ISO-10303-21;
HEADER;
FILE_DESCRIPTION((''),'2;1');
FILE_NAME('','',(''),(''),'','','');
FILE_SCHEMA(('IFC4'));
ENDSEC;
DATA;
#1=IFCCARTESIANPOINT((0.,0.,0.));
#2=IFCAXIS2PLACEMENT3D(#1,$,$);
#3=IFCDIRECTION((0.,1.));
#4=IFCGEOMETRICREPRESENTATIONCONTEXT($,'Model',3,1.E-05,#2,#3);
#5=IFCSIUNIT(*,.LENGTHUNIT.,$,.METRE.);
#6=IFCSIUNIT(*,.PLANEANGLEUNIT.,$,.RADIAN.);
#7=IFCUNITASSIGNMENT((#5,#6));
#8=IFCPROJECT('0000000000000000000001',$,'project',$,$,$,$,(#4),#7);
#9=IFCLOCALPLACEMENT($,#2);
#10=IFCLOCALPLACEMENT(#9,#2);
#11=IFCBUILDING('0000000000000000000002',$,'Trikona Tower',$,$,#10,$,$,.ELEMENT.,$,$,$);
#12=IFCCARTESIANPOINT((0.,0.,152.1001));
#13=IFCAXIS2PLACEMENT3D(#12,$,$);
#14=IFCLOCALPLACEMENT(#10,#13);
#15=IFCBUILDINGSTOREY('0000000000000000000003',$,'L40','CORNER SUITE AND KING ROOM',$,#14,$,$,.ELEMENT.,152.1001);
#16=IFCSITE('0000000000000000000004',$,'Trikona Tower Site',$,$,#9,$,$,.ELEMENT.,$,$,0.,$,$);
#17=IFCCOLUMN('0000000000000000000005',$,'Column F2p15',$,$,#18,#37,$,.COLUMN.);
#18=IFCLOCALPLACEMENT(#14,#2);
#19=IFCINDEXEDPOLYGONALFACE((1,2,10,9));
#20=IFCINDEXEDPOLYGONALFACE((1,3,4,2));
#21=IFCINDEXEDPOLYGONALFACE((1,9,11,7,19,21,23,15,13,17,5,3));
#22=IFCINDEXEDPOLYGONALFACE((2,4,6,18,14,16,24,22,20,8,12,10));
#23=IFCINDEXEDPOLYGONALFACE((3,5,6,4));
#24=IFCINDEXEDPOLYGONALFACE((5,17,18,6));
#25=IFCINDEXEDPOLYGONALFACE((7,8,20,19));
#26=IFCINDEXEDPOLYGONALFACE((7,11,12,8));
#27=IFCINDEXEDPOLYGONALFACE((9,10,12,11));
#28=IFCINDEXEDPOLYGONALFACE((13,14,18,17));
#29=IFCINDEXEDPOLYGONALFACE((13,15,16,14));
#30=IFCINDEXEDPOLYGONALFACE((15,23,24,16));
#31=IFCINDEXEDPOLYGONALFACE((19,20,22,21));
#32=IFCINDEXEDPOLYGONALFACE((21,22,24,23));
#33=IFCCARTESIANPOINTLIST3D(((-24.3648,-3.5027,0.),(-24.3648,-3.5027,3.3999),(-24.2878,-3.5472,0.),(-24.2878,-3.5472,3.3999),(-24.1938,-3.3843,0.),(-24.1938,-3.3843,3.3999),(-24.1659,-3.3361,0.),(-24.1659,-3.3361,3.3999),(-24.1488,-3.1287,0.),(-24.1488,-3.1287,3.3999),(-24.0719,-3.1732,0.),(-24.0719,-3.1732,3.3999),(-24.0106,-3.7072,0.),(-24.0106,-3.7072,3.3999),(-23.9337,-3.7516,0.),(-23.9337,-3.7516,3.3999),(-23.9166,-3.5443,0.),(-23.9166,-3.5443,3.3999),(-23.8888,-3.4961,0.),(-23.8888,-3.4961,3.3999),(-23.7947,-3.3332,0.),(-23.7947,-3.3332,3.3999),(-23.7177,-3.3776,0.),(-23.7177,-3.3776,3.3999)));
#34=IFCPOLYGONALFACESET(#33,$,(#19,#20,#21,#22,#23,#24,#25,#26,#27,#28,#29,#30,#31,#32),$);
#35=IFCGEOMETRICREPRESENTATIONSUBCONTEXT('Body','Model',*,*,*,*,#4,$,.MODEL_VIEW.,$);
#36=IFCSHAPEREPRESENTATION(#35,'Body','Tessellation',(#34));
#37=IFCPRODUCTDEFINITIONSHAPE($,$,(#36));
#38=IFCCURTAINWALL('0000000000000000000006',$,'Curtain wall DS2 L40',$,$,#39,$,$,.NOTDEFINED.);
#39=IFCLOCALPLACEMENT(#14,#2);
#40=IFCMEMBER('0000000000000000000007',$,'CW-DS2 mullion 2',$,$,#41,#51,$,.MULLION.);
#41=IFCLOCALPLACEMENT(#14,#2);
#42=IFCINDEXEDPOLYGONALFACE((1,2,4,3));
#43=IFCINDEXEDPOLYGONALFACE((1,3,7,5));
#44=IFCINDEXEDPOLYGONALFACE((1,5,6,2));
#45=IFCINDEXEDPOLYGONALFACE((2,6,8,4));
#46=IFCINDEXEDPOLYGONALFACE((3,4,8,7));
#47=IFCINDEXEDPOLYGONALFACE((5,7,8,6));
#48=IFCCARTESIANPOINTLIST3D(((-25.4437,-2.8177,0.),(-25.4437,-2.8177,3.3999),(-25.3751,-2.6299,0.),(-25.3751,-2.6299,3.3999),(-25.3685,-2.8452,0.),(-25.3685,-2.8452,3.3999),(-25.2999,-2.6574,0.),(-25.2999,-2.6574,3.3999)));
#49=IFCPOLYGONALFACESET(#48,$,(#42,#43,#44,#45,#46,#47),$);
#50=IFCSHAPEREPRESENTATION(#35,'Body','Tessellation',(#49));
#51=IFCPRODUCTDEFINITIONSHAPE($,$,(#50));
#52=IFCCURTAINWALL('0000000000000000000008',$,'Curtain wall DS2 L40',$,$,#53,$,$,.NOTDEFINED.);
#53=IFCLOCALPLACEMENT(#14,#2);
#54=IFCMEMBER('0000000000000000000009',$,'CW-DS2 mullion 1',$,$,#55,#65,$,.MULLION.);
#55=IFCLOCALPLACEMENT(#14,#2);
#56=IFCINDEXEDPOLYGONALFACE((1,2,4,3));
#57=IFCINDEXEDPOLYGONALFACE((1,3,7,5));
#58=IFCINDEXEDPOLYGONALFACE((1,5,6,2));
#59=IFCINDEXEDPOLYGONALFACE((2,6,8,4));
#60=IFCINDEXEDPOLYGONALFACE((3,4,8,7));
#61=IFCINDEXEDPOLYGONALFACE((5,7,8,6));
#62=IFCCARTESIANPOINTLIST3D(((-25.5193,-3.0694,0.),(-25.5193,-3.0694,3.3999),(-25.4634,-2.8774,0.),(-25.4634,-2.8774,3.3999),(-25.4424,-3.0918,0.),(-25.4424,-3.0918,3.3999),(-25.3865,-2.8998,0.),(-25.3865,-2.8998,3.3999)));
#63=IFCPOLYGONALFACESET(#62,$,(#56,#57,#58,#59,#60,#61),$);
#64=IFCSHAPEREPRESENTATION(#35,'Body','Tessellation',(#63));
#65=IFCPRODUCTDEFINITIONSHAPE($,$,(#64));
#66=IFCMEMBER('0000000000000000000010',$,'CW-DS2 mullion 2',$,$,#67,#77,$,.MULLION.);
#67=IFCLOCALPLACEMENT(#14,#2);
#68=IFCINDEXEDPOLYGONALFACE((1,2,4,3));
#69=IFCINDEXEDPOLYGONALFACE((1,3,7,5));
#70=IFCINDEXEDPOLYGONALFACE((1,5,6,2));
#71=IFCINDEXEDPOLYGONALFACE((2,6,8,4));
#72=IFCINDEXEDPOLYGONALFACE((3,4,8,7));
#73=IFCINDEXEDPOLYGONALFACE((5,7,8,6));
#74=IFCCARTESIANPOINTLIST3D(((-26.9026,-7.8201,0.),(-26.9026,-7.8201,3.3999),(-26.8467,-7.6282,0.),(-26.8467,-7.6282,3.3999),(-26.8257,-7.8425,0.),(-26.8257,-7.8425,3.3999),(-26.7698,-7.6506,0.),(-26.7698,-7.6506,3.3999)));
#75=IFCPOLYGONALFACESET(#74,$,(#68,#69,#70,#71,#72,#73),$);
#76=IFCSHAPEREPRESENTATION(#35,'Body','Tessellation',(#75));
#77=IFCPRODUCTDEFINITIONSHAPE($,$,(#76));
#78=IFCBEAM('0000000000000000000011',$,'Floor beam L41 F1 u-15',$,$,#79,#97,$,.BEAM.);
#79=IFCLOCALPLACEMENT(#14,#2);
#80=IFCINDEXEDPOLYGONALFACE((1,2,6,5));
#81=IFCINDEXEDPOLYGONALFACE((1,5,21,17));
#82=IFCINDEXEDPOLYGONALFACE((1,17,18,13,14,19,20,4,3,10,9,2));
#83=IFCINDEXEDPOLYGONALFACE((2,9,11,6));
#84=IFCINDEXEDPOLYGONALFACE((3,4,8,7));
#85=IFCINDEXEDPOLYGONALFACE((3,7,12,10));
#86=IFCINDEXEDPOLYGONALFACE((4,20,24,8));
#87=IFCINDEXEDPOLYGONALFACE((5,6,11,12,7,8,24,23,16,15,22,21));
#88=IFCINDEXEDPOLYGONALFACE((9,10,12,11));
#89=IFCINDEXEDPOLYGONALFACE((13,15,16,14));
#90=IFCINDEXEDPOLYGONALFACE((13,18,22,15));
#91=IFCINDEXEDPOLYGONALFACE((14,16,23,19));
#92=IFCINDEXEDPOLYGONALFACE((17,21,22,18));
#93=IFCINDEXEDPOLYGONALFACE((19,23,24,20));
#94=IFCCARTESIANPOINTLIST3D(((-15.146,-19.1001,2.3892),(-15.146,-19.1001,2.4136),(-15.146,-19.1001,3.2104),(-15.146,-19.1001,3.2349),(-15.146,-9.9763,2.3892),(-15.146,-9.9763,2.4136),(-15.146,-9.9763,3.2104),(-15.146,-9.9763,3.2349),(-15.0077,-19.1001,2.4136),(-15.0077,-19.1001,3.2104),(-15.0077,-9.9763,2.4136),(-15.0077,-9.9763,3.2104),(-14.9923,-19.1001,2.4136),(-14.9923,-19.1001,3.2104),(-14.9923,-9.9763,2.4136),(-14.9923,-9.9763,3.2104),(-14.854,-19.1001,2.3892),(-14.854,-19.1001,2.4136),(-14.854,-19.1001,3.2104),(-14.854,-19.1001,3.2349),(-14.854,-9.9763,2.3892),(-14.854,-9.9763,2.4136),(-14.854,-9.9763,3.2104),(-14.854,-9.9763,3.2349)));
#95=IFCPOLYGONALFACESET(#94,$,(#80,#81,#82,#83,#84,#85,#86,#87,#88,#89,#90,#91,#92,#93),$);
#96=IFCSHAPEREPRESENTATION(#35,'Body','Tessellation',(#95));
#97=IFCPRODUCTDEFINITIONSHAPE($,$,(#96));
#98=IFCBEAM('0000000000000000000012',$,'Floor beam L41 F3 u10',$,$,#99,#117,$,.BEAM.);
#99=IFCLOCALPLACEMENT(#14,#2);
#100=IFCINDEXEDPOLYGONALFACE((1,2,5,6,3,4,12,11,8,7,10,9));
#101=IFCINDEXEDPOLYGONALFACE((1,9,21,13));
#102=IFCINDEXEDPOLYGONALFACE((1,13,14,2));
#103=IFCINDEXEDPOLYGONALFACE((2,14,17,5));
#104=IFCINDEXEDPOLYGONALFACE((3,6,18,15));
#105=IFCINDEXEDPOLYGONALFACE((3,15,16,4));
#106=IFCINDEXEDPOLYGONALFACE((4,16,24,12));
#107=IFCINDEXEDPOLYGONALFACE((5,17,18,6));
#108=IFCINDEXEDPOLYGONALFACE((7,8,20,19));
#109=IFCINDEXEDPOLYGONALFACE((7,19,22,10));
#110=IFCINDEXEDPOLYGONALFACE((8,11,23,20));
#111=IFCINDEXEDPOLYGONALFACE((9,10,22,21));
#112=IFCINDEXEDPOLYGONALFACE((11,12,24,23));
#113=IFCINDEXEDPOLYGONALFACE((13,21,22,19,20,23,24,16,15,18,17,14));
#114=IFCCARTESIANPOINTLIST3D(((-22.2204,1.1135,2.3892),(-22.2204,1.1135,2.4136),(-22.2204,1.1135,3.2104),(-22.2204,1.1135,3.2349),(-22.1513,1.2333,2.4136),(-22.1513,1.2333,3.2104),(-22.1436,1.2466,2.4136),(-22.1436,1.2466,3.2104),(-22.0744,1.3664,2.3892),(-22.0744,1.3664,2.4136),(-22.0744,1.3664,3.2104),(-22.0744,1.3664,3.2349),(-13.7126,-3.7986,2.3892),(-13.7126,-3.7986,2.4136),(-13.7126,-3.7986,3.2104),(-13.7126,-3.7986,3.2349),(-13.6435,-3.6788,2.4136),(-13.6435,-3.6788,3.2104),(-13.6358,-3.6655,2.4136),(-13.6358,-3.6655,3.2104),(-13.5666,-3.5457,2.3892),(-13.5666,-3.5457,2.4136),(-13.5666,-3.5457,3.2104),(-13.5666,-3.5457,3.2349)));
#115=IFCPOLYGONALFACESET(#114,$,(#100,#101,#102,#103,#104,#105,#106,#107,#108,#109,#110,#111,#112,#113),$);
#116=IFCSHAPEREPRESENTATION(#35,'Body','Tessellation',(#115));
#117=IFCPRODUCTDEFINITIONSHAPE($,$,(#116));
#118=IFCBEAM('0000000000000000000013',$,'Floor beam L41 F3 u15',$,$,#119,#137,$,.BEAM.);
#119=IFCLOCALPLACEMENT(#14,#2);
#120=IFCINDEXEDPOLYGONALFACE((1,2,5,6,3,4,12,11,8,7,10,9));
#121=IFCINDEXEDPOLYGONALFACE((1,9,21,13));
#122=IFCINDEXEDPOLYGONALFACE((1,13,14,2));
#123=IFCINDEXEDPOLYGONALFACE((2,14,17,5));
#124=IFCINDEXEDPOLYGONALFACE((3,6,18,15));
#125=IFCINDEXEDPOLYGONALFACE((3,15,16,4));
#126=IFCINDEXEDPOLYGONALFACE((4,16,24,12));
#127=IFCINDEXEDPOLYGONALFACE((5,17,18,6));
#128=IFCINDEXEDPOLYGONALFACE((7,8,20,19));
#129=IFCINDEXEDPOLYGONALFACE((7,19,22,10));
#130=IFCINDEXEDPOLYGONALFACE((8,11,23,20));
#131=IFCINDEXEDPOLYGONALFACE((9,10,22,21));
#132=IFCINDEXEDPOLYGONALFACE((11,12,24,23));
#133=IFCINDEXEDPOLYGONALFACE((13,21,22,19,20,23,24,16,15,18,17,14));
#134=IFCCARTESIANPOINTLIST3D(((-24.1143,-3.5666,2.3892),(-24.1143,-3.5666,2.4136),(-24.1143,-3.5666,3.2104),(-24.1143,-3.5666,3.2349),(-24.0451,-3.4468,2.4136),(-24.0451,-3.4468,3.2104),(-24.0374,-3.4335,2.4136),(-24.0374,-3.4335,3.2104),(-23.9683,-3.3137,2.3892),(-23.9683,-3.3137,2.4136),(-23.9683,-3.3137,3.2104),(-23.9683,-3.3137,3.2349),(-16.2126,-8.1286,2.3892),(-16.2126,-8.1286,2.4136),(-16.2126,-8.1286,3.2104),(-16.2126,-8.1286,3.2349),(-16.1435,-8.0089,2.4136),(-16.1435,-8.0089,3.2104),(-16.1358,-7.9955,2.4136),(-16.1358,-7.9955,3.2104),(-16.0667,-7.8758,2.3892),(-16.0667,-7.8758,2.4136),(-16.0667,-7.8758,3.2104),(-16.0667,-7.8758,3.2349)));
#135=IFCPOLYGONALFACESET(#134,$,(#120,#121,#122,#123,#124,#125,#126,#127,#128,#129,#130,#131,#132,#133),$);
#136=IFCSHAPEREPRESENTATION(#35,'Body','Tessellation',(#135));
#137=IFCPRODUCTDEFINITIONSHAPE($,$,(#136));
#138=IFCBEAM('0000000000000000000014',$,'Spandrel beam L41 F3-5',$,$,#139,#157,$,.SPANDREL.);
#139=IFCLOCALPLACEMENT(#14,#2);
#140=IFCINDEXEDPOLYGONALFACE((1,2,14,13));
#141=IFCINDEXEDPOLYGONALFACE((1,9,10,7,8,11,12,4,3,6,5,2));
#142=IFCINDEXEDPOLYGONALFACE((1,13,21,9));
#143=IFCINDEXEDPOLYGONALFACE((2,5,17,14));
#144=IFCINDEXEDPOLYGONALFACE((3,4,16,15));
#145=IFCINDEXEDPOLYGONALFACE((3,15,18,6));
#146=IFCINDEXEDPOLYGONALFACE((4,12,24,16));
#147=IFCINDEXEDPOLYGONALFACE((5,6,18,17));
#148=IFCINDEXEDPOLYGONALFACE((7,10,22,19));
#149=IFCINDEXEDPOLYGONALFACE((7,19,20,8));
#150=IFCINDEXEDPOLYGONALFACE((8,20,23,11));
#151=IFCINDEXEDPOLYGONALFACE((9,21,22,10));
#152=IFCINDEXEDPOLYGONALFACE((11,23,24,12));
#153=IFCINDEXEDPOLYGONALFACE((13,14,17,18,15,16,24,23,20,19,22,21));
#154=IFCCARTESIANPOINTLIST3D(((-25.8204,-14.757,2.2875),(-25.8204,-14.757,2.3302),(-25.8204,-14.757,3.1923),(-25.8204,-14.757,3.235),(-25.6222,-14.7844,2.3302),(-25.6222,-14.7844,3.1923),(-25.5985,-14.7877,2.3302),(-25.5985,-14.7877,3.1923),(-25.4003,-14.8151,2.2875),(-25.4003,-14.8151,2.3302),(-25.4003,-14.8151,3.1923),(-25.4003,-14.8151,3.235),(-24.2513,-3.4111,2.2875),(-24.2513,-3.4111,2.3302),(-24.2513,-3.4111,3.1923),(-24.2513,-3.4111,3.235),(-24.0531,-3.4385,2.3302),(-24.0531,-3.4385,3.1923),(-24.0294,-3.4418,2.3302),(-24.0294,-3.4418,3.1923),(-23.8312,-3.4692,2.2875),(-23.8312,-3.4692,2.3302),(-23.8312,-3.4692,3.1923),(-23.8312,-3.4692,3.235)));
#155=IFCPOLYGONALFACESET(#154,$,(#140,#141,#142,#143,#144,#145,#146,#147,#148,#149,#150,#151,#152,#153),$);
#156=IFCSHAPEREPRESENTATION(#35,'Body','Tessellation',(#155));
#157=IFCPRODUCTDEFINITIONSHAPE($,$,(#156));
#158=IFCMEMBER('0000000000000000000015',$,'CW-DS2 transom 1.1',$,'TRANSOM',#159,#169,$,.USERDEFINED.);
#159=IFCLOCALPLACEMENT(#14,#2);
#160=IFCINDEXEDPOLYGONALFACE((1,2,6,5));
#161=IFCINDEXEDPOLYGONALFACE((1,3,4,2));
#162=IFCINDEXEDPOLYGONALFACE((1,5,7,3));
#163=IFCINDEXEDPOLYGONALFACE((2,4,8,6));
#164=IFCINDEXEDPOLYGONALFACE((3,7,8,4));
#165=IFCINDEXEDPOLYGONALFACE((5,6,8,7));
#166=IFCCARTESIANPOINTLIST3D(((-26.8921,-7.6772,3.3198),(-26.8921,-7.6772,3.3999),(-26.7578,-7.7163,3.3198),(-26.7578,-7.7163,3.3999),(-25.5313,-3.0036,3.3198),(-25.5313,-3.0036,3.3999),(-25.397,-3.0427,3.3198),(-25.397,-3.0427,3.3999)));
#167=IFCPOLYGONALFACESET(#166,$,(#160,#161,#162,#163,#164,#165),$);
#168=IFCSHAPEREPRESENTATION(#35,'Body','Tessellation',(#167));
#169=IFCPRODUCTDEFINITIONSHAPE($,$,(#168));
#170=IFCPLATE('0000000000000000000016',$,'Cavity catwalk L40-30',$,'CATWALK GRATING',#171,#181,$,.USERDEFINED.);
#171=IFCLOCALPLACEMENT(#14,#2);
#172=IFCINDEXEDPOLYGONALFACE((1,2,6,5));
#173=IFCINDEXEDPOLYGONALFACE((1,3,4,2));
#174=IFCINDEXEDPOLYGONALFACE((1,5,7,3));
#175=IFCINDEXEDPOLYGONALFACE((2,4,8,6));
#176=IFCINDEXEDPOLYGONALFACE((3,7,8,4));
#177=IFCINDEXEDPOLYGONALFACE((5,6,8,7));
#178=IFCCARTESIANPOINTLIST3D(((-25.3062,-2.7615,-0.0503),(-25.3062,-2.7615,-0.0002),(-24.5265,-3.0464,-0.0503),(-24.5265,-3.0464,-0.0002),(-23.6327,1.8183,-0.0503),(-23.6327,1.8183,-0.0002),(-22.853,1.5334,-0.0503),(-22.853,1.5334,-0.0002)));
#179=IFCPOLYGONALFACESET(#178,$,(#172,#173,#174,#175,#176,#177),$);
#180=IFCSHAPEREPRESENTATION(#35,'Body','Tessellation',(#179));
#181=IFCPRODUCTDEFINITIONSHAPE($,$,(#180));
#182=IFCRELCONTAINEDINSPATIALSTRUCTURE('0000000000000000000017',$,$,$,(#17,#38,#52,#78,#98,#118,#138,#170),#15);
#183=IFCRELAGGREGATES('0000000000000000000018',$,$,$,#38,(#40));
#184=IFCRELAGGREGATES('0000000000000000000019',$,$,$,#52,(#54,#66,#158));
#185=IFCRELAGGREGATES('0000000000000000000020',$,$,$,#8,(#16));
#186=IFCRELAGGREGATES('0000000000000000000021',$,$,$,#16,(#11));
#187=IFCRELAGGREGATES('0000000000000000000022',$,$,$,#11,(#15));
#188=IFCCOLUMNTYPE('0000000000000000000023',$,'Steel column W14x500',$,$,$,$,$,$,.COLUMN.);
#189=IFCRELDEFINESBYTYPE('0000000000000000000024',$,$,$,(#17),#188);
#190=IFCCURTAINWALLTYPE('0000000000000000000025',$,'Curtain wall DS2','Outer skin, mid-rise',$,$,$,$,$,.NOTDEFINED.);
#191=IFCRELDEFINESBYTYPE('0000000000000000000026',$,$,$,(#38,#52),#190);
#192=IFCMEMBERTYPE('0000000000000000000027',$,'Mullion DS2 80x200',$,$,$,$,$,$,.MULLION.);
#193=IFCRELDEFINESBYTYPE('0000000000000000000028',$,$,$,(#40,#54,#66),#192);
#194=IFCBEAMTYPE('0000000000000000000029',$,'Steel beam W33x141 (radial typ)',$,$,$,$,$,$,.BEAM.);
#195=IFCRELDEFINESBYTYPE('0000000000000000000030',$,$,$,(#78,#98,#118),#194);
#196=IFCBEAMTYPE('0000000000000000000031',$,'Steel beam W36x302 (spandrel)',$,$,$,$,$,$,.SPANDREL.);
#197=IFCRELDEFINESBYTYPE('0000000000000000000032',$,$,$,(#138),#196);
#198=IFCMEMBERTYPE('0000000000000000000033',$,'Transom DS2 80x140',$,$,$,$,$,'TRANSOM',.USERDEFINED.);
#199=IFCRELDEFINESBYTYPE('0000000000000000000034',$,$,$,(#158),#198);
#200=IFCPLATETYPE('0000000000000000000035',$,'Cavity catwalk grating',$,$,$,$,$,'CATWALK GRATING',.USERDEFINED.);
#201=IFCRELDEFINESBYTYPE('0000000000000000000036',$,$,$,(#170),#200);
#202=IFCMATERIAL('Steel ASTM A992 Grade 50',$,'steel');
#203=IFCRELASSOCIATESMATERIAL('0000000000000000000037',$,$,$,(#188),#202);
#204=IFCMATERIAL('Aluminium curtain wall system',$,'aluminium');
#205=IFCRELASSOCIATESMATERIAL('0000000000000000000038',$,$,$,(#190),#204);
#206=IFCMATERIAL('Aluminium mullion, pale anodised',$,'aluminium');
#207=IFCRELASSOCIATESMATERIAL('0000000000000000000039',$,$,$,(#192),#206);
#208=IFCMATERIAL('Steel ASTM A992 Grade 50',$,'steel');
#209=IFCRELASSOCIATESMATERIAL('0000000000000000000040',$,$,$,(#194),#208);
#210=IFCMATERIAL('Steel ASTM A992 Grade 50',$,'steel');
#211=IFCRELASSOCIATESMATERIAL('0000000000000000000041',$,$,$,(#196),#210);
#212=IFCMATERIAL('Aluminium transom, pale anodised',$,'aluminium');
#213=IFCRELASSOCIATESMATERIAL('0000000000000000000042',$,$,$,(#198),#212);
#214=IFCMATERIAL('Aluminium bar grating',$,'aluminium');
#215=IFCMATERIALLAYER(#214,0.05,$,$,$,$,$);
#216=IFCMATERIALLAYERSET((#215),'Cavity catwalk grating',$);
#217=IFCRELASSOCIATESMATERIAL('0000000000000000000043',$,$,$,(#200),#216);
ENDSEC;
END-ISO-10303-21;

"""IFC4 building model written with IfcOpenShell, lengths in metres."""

from ifc_helpers import new_model, si_unit, direction, frame, origin, origin_2d, place, context, subcontext, project, spatial, rectangle, i_section, extrude, material, layer, layer_set, material_profile, profile_set, type_object, element, aggregate, save


model = new_model("IFC4")

# Units and contexts
model_context = context("Model", 3, precision=1e-05, world=origin(), true_north=direction((0.0, 1.0)))
body_context = subcontext(model_context, "Body", "Model", "MODEL_VIEW")
ifc_project = project(units=[si_unit("LENGTHUNIT", "METRE"), si_unit("PLANEANGLEUNIT", "RADIAN")], contexts=[model_context])

# Site, building, storey
site_placement = place(None, origin())
site = spatial("IfcSite", under=ifc_project, at=site_placement, Name="Trikona Tower Site", CompositionType="ELEMENT", RefElevation=0.0)
building_placement = place(site_placement, origin())
building = spatial("IfcBuilding", under=site, at=building_placement, Name="Trikona Tower", CompositionType="ELEMENT")
storey_placement = place(building_placement, frame((0.0, 0.0, 152.1001)))
storey = spatial("IfcBuildingStorey", under=building, at=storey_placement, Name="L40", Description="CORNER SUITE AND KING ROOM", CompositionType="ELEMENT", Elevation=152.1001)

# Column
ifc_material_1 = material(Name="Steel ASTM A992 Grade 50", Category="steel")
ifc_material_profile_1 = material_profile(ifc_material_1, i_section(OverallWidth=0.4319, OverallDepth=0.4978, WebThickness=0.0557, FlangeThickness=0.0889, at=origin_2d()), Name="W14X500")
ifc_profile_set_1 = profile_set([ifc_material_profile_1], Name="Steel ASTM A992 Grade 50")
column_type = type_object("IfcColumnType", Name="Steel column W14x500", PredefinedType="COLUMN", material=ifc_profile_set_1)
column_placement = place(storey_placement, frame((-24.0413, -3.4402, 0.0), z_axis=(0.0, 0.0, 1.0), x_axis=(-0.5, -0.866025, 0.0)))
element("IfcColumn", 1, at=column_placement, inside=storey, type_object=column_type, Name="Column F2p15", PredefinedType="COLUMN", context=body_context, shape_type="SweptSolid", body=[
    extrude(i_section(OverallWidth=0.4319, OverallDepth=0.4978, WebThickness=0.0557, FlangeThickness=0.0889, at=origin_2d()), origin(), (0.0, 0.0, 1.0), 3.3999),
])

# Curtain wall, member
ifc_material_2 = material(Name="Aluminium curtain wall system", Category="aluminium")
curtain_wall_type = type_object("IfcCurtainWallType", Name="Curtain wall DS2", Description="Outer skin, mid-rise", PredefinedType="NOTDEFINED", material=ifc_material_2)
curtain_wall_1_placement = place(storey_placement, origin())
curtain_wall_1 = element("IfcCurtainWall", 2, at=curtain_wall_1_placement, inside=storey, type_object=curtain_wall_type, Name="Curtain wall DS2 L40", PredefinedType="NOTDEFINED")
ifc_material_3 = material(Name="Aluminium mullion, pale anodised", Category="aluminium")
ifc_material_profile_2 = material_profile(ifc_material_3, rectangle(XDim=0.0801, YDim=0.2, at=origin_2d()), Name="MUL-DS2")
ifc_profile_set_2 = profile_set([ifc_material_profile_2], Name="Aluminium mullion, pale anodised")
member_type_1 = type_object("IfcMemberType", Name="Mullion DS2 80x200", PredefinedType="MULLION", material=ifc_profile_set_2)
member_1_placement = place(storey_placement, frame((-25.3718, -2.7375, 0.0), z_axis=(0.0, 0.0, 1.0), x_axis=(0.939254, -0.343223, 0.0)))
member_1 = element("IfcMember", 3, at=member_1_placement, type_object=member_type_1, Name="CW-DS2 mullion 2", PredefinedType="MULLION", context=body_context, shape_type="SweptSolid", body=[
    extrude(rectangle(XDim=0.0801, YDim=0.2, at=origin_2d()), origin(), (0.0, 0.0, 1.0), 3.3999),
])

# Curtain wall, members
curtain_wall_2_placement = place(storey_placement, origin())
curtain_wall_2 = element("IfcCurtainWall", 4, at=curtain_wall_2_placement, inside=storey, type_object=curtain_wall_type, Name="Curtain wall DS2 L40", PredefinedType="NOTDEFINED")
member_2_placement = place(storey_placement, frame((-25.4529, -2.9846, 0.0), z_axis=(0.0, 0.0, 1.0), x_axis=(0.960133, -0.279543, 0.0)))
member_2 = element("IfcMember", 5, at=member_2_placement, type_object=member_type_1, Name="CW-DS2 mullion 1", PredefinedType="MULLION", context=body_context, shape_type="SweptSolid", body=[
    extrude(rectangle(XDim=0.0801, YDim=0.2, at=origin_2d()), origin(), (0.0, 0.0, 1.0), 3.3999),
])
member_3_placement = place(storey_placement, frame((-26.8362, -7.7354, 0.0), z_axis=(0.0, 0.0, 1.0), x_axis=(0.960133, -0.279543, 0.0)))
member_3 = element("IfcMember", 6, at=member_3_placement, type_object=member_type_1, Name="CW-DS2 mullion 2", PredefinedType="MULLION", context=body_context, shape_type="SweptSolid", body=[
    extrude(rectangle(XDim=0.0801, YDim=0.2, at=origin_2d()), origin(), (0.0, 0.0, 1.0), 3.3999),
])

# Beams
ifc_material_4 = material(Name="Steel ASTM A992 Grade 50", Category="steel")
ifc_material_profile_3 = material_profile(ifc_material_4, i_section(OverallWidth=0.292, OverallDepth=0.8457, WebThickness=0.0154, FlangeThickness=0.0244, at=origin_2d()), Name="W33X141")
ifc_profile_set_3 = profile_set([ifc_material_profile_3], Name="Steel ASTM A992 Grade 50")
beam_type_1 = type_object("IfcBeamType", Name="Steel beam W33x141 (radial typ)", PredefinedType="BEAM", material=ifc_profile_set_3)
beam_1_placement = place(storey_placement, frame((-15.0, -9.9763, 2.812), z_axis=(0.0, -1.0, 0.0), x_axis=(1.0, 0.0, 0.0)))
element("IfcBeam", 7, at=beam_1_placement, inside=storey, type_object=beam_type_1, Name="Floor beam L41 F1 u-15", PredefinedType="BEAM", context=body_context, shape_type="SweptSolid", body=[
    extrude(i_section(OverallWidth=0.292, OverallDepth=0.8457, WebThickness=0.0154, FlangeThickness=0.0244, at=origin_2d()), origin(), (0.0, 0.0, 1.0), 9.1238),
])
beam_2_placement = place(storey_placement, frame((-13.6396, -3.6721, 2.812), z_axis=(-0.86602, 0.500009, 0.0), x_axis=(-0.500009, -0.86602, 0.0)))
element("IfcBeam", 8, at=beam_2_placement, inside=storey, type_object=beam_type_1, Name="Floor beam L41 F3 u10", PredefinedType="BEAM", context=body_context, shape_type="SweptSolid", body=[
    extrude(i_section(OverallWidth=0.292, OverallDepth=0.8457, WebThickness=0.0154, FlangeThickness=0.0244, at=origin_2d()), origin(), (0.0, 0.0, 1.0), 9.824),
])
beam_3_placement = place(storey_placement, frame((-16.1396, -8.0022, 2.812), z_axis=(-0.866025, 0.500001, 0.0), x_axis=(-0.500001, -0.866025, 0.0)))
element("IfcBeam", 9, at=beam_3_placement, inside=storey, type_object=beam_type_1, Name="Floor beam L41 F3 u15", PredefinedType="BEAM", context=body_context, shape_type="SweptSolid", body=[
    extrude(i_section(OverallWidth=0.292, OverallDepth=0.8457, WebThickness=0.0154, FlangeThickness=0.0244, at=origin_2d()), origin(), (0.0, 0.0, 1.0), 9.124),
])
ifc_material_5 = material(Name="Steel ASTM A992 Grade 50", Category="steel")
ifc_material_profile_4 = material_profile(ifc_material_5, i_section(OverallWidth=0.4241, OverallDepth=0.9475, WebThickness=0.0239, FlangeThickness=0.0427, at=origin_2d()), Name="W36X302")
ifc_profile_set_4 = profile_set([ifc_material_profile_4], Name="Steel ASTM A992 Grade 50")
beam_type_2 = type_object("IfcBeamType", Name="Steel beam W36x302 (spandrel)", PredefinedType="SPANDREL", material=ifc_profile_set_4)
beam_4_placement = place(storey_placement, frame((-24.0413, -3.4402, 2.7612), z_axis=(-0.136992, -0.990572, 0.0), x_axis=(0.990572, -0.136992, 0.0)))
element("IfcBeam", 10, at=beam_4_placement, inside=storey, type_object=beam_type_2, Name="Spandrel beam L41 F3-5", PredefinedType="SPANDREL", context=body_context, shape_type="SweptSolid", body=[
    extrude(i_section(OverallWidth=0.4241, OverallDepth=0.9475, WebThickness=0.0239, FlangeThickness=0.0427, at=origin_2d()), origin(), (0.0, 0.0, 1.0), 11.4539),
])

# Member
ifc_material_6 = material(Name="Aluminium transom, pale anodised", Category="aluminium")
ifc_material_profile_5 = material_profile(ifc_material_6, rectangle(XDim=0.1399, YDim=0.0801, at=origin_2d()), Name="TRN-DS2")
ifc_profile_set_5 = profile_set([ifc_material_profile_5], Name="Aluminium transom, pale anodised")
member_type_2 = type_object("IfcMemberType", Name="Transom DS2 80x140", ElementType="TRANSOM", PredefinedType="USERDEFINED", material=ifc_profile_set_5)
member_4_placement = place(storey_placement, frame((-25.4641, -3.0232, 3.3599), z_axis=(-0.279567, -0.960126, 0.0), x_axis=(0.960126, -0.279567, 0.0)))
member_4 = element("IfcMember", 11, at=member_4_placement, type_object=member_type_2, Name="CW-DS2 transom 1.1", ObjectType="TRANSOM", PredefinedType="USERDEFINED", context=body_context, shape_type="SweptSolid", body=[
    extrude(rectangle(XDim=0.1399, YDim=0.0801, at=origin_2d()), origin(), (0.0, 0.0, 1.0), 4.8677),
])

# Plate
ifc_material_7 = material(Name="Aluminium bar grating", Category="aluminium")
ifc_layer_1 = layer(ifc_material_7, 0.05)
ifc_layer_set_1 = layer_set([ifc_layer_1], Name="Cavity catwalk grating")
plate_type_1 = type_object("IfcPlateType", Name="Cavity catwalk grating", ElementType="CATWALK GRATING", PredefinedType="USERDEFINED", material=ifc_layer_set_1)
plate_1_placement = place(storey_placement, frame((-24.0796, -0.614, -0.0503), z_axis=(0.0, 0.0, 1.0), x_axis=(-0.34322, -0.939255, 0.0)))
element("IfcPlate", 12, at=plate_1_placement, inside=storey, type_object=plate_type_1, Name="Cavity catwalk L40-30", ObjectType="CATWALK GRATING", PredefinedType="USERDEFINED", context=body_context, shape_type="SweptSolid", body=[
    extrude(rectangle(XDim=4.876, YDim=0.8301, at=origin_2d()), origin(), (0.0, 0.0, 1.0), 0.05),
])

aggregate(curtain_wall_1, [member_1])
aggregate(curtain_wall_2, [member_2, member_3, member_4])

save(model, "model.ifc")
